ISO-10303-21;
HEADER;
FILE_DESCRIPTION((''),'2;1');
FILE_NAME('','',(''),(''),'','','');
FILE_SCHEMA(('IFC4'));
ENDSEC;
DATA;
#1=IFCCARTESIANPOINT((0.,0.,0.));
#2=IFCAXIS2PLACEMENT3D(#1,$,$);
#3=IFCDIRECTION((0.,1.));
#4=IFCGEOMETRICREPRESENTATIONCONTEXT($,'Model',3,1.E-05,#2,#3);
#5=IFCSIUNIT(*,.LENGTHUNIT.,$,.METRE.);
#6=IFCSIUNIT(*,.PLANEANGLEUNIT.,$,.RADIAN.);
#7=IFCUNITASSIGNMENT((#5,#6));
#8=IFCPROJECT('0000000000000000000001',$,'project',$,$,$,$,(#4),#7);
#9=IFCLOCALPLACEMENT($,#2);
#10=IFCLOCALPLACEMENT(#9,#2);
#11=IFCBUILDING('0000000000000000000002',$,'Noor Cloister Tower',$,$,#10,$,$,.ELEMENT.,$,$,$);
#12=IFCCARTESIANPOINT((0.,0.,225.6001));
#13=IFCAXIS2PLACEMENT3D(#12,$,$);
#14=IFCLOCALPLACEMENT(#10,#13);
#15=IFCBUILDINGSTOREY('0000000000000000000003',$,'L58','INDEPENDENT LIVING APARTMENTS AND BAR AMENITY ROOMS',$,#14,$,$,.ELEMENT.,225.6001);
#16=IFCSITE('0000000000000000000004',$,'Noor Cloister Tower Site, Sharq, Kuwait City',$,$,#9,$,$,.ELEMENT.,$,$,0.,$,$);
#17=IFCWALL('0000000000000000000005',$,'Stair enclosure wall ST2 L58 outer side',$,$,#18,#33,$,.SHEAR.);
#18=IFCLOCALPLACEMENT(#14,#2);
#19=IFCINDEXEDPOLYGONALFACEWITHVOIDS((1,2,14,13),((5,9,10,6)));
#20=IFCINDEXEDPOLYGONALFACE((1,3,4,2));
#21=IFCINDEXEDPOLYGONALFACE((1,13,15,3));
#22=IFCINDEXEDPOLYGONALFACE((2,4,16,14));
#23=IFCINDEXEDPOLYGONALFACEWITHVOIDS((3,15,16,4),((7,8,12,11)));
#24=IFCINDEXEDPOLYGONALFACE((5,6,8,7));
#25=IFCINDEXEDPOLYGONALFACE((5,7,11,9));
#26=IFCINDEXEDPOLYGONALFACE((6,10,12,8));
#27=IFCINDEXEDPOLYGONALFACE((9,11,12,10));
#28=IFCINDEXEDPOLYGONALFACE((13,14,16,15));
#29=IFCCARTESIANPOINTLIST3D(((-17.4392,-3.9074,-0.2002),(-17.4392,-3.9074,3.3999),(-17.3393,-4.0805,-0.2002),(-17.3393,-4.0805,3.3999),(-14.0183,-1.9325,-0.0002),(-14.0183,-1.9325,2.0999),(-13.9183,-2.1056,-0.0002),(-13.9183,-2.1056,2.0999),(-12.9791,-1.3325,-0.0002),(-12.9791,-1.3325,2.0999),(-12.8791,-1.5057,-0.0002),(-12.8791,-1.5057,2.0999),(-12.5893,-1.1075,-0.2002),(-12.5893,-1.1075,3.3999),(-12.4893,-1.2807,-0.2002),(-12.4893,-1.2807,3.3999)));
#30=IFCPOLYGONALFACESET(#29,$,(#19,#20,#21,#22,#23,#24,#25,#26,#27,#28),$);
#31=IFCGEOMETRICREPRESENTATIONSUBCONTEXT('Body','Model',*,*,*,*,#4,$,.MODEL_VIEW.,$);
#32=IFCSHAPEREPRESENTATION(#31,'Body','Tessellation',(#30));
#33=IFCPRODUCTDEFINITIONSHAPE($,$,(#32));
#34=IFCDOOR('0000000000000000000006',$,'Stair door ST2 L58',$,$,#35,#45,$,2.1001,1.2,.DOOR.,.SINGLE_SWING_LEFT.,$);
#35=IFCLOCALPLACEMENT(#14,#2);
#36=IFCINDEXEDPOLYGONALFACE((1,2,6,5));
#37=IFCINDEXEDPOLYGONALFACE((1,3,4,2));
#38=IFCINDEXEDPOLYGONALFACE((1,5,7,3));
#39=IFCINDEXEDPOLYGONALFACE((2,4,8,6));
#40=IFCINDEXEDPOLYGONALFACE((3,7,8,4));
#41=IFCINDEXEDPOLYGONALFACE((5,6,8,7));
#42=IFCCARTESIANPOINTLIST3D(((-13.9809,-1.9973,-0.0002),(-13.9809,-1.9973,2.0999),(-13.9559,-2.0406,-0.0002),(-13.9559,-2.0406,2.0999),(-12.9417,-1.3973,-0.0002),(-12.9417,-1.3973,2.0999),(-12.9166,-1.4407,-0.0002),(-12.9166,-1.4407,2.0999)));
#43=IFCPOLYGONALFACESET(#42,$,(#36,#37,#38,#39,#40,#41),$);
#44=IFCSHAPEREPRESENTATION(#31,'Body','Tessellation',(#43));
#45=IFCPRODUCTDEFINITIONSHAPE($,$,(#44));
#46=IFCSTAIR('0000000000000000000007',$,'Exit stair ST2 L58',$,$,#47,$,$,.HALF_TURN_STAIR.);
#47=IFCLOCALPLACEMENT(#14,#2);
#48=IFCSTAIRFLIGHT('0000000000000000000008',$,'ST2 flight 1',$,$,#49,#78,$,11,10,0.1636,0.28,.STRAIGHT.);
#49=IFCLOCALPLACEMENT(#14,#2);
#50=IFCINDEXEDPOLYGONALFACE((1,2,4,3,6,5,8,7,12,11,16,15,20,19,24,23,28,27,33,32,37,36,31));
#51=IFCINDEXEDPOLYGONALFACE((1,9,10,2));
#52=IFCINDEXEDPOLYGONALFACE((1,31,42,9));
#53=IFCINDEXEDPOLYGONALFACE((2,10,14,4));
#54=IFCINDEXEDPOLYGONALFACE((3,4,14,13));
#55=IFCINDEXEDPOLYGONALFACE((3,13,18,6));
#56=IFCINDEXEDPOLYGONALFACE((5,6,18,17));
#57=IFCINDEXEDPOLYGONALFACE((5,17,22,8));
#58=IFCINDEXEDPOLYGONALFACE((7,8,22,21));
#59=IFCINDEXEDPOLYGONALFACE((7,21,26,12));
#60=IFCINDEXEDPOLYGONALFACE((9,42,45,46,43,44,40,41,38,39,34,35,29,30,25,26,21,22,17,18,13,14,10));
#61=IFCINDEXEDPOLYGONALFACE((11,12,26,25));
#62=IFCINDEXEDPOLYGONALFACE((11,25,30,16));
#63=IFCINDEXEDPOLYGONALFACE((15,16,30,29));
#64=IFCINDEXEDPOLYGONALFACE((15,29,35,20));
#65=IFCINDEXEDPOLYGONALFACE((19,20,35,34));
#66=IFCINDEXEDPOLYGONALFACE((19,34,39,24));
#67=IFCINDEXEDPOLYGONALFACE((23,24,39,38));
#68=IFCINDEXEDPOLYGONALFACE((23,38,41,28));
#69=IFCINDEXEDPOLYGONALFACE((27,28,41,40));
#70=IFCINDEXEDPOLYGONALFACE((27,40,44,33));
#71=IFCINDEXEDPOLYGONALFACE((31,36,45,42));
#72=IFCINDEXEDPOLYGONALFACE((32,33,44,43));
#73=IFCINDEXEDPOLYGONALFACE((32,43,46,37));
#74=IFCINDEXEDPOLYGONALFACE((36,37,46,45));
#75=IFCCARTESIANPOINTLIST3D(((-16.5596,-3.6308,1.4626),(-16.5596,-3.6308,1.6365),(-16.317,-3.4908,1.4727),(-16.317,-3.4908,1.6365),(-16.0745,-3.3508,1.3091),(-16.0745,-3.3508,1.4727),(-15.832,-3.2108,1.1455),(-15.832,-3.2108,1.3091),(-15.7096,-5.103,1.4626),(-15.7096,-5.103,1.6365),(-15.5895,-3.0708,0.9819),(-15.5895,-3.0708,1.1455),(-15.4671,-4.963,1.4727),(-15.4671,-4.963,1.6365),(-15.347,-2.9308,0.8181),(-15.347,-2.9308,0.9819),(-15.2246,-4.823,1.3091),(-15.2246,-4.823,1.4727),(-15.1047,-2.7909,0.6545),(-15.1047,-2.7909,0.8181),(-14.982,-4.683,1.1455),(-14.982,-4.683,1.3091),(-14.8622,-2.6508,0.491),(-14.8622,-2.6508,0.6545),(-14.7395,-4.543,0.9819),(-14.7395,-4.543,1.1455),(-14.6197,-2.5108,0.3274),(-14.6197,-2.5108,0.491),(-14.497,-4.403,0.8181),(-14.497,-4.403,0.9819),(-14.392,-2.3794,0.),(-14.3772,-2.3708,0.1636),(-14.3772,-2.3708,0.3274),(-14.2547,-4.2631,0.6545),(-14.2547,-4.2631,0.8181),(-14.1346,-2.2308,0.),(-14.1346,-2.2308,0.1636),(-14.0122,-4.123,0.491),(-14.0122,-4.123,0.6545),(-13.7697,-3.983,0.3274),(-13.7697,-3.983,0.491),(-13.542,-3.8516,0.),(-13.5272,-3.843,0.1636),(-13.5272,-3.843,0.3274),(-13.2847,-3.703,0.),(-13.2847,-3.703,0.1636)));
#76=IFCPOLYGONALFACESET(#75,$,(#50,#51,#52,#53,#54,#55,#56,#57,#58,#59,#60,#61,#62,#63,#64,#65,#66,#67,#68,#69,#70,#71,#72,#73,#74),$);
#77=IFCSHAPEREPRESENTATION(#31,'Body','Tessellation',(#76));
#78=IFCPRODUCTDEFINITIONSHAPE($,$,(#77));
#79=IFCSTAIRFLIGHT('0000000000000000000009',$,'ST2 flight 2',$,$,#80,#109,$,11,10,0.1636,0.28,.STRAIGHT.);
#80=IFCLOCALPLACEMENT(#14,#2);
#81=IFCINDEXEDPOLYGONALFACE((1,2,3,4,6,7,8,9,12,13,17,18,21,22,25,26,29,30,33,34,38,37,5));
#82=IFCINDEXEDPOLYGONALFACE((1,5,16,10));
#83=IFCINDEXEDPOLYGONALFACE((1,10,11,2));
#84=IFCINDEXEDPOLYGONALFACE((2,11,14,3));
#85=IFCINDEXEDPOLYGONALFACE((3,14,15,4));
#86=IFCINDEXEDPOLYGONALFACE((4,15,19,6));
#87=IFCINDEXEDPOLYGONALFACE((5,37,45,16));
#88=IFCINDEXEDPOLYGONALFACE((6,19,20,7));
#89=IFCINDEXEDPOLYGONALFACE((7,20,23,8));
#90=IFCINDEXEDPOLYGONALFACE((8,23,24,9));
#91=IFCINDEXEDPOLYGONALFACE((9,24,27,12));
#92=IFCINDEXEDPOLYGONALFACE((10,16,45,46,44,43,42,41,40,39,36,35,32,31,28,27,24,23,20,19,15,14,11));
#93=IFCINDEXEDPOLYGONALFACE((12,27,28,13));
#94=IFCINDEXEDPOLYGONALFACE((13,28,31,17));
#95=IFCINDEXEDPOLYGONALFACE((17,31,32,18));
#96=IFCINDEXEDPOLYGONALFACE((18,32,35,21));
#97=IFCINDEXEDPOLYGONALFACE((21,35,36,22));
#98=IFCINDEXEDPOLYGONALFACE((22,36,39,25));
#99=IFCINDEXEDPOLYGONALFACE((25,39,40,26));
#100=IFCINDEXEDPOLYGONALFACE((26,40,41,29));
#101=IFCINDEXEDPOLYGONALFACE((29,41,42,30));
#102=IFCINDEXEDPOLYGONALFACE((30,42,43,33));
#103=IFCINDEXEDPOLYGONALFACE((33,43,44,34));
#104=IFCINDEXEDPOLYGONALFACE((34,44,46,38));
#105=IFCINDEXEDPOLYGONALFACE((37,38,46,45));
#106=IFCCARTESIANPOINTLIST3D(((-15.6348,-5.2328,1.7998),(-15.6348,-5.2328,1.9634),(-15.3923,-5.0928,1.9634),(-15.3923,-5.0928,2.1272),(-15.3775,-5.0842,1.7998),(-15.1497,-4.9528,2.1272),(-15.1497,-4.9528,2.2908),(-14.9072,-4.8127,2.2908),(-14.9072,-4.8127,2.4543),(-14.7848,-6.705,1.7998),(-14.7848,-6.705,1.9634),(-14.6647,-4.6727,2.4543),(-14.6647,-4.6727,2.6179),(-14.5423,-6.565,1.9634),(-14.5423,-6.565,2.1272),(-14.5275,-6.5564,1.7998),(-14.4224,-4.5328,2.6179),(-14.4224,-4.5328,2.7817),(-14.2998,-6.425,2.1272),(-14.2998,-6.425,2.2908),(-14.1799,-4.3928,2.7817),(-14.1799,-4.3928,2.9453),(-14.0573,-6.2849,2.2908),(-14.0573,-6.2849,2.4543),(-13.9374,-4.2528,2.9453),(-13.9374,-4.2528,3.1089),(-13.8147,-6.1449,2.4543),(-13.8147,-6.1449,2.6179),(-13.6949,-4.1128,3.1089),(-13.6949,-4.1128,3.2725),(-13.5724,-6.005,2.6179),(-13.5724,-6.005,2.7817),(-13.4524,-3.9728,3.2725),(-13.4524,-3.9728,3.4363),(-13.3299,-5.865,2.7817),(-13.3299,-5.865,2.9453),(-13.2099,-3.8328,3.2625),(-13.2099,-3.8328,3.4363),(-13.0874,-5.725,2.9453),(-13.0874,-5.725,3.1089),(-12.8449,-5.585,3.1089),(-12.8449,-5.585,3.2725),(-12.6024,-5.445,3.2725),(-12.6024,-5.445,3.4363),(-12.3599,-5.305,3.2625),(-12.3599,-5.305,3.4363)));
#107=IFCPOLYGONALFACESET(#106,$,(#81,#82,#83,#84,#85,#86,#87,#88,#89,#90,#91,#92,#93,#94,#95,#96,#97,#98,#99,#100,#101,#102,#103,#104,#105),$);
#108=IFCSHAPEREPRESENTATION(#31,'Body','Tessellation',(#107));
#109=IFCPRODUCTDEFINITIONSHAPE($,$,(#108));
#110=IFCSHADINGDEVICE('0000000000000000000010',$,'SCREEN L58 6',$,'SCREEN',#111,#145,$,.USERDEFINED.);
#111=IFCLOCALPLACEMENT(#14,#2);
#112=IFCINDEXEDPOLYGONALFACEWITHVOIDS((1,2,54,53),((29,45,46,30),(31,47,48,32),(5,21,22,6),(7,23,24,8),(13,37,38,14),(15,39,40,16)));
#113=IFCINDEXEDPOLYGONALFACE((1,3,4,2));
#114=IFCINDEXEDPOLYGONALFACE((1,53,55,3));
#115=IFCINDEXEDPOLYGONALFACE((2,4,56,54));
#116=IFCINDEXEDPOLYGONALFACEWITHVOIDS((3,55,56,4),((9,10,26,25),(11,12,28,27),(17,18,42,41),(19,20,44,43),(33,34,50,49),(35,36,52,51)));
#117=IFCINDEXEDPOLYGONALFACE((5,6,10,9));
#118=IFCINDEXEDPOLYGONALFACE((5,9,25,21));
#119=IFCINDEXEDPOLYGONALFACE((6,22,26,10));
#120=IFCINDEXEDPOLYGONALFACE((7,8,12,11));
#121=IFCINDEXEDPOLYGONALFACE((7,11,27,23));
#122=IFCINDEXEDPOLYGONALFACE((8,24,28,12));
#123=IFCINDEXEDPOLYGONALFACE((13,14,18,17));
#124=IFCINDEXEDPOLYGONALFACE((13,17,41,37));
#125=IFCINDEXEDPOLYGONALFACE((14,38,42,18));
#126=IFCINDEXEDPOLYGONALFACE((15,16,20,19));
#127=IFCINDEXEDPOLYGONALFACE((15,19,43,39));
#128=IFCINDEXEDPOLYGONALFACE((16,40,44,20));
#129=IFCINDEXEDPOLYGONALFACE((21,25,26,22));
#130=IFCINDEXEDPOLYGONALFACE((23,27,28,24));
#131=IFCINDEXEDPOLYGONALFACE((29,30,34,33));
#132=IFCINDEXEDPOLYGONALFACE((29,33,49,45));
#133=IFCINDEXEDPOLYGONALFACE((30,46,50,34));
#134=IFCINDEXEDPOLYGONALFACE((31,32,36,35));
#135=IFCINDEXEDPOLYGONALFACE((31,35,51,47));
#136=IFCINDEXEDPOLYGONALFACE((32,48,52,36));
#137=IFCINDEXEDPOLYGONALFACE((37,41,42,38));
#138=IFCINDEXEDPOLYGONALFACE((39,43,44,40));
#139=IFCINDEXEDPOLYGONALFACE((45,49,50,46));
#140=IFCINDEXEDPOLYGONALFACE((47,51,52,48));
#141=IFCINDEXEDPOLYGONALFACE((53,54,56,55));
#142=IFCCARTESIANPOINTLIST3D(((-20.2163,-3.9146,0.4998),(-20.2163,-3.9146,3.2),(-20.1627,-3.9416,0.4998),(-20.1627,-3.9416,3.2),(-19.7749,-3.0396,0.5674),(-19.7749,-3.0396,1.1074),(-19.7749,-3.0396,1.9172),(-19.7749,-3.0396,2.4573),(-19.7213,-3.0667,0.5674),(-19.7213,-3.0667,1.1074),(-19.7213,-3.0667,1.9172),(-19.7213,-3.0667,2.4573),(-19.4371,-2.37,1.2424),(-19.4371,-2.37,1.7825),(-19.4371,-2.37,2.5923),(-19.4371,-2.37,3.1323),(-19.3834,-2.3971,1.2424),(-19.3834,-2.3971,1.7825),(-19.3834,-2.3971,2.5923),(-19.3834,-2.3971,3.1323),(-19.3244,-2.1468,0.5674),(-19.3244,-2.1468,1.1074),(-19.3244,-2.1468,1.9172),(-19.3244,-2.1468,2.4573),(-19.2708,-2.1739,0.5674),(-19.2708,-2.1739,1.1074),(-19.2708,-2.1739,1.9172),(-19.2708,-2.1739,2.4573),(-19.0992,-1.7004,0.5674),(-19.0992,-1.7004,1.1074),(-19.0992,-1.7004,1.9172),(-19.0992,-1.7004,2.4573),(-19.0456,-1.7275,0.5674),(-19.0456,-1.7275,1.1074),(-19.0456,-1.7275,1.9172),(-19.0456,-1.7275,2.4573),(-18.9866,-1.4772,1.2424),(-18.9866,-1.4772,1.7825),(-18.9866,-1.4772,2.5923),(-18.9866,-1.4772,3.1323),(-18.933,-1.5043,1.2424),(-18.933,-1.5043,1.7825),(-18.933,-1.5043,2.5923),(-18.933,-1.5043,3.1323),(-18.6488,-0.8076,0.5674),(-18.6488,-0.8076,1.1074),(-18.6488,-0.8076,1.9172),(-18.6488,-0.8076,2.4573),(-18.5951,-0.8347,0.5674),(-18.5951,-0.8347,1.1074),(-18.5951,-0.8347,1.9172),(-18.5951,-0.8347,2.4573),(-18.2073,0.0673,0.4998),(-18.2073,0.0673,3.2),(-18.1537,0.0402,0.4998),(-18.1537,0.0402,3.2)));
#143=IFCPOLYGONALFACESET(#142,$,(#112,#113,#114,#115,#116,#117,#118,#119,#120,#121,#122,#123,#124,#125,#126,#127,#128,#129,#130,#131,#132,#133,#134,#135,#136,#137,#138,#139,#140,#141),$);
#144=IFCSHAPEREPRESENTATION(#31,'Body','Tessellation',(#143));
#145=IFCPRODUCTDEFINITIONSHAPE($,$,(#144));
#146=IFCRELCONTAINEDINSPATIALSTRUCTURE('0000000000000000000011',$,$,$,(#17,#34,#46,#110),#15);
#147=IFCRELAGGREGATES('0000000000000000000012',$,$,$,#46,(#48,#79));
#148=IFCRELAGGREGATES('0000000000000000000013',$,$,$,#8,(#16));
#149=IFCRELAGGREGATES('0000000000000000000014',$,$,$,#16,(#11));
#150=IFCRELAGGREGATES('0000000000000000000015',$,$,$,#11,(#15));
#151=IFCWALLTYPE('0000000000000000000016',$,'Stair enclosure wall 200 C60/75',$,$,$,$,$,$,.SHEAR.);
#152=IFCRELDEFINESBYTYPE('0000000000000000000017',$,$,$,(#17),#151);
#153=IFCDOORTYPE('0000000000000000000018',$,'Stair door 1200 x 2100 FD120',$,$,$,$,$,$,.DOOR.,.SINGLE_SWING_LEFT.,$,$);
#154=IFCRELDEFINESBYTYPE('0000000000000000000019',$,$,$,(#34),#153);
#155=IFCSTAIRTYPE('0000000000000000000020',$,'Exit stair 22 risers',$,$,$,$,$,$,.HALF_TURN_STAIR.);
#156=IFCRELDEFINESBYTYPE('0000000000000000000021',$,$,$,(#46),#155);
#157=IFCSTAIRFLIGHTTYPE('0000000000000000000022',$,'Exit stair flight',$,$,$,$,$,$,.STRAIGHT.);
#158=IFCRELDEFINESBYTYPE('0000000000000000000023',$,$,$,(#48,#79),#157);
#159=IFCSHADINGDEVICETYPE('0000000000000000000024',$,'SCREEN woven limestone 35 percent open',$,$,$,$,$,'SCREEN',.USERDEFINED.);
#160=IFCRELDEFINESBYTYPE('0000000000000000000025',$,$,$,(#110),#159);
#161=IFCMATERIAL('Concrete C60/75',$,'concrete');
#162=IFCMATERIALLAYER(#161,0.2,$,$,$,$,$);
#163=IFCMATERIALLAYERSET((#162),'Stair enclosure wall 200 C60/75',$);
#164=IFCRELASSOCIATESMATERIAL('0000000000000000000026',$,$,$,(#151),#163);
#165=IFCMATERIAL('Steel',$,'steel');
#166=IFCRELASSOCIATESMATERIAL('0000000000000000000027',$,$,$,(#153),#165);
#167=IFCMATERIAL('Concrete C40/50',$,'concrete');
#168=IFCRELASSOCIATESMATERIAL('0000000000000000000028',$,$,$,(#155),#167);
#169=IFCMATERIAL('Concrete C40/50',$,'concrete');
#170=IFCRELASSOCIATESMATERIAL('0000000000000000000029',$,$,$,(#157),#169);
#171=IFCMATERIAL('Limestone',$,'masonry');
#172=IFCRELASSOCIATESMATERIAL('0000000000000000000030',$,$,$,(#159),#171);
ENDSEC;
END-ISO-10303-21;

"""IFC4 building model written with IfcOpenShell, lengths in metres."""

from ifc_helpers import new_model, si_unit, direction, frame, frame_2d, origin, place, context, subcontext, project, spatial, polyline, rectangle, outline, extrude, material, layer, layer_set, material_profile, profile_set, type_object, element, fill, aggregate, save


model = new_model("IFC4")

# Units and contexts
model_context = context("Model", 3, precision=1e-05, world=origin(), true_north=direction((0.0, 1.0)))
body_context = subcontext(model_context, "Body", "Model", "MODEL_VIEW")
ifc_project = project(units=[si_unit("LENGTHUNIT", "METRE"), si_unit("PLANEANGLEUNIT", "RADIAN")], contexts=[model_context])

# Site, building, storey
site_placement = place(None, origin())
site = spatial("IfcSite", under=ifc_project, at=site_placement, Name="Noor Cloister Tower Site, Sharq, Kuwait City", CompositionType="ELEMENT", RefElevation=0.0)
building_placement = place(site_placement, origin())
building = spatial("IfcBuilding", under=site, at=building_placement, Name="Noor Cloister Tower", CompositionType="ELEMENT")
storey_placement = place(building_placement, frame((0.0, 0.0, 225.6001)))
storey = spatial("IfcBuildingStorey", under=building, at=storey_placement, Name="L58", Description="INDEPENDENT LIVING APARTMENTS AND BAR AMENITY ROOMS", CompositionType="ELEMENT", Elevation=225.6001)

# Wall, opening, door
ifc_material_1 = material(Name="Concrete C60/75", Category="concrete")
ifc_layer_1 = layer(ifc_material_1, 0.2)
ifc_layer_set_1 = layer_set([ifc_layer_1], Name="Stair enclosure wall 200 C60/75")
wall_type_1 = type_object("IfcWallType", Name="Stair enclosure wall 200 C60/75", PredefinedType="SHEAR", material=ifc_layer_set_1)
ifc_material_2 = material(Name="Steel", Category="steel")
door_type_1 = type_object("IfcDoorType", Name="Stair door 1200 x 2100 FD120", OperationType="SINGLE_SWING_LEFT", PredefinedType="DOOR", material=ifc_material_2)
wall_1_placement = place(storey_placement, frame((-12.5393, -1.1941, -0.2002), z_axis=(0.0, 0.0, 1.0), x_axis=(-0.866045, -0.499965, 0.0)))
wall_1 = element("IfcWall", 1, at=wall_1_placement, inside=storey, type_object=wall_type_1, Name="Stair enclosure wall ST2 L58 outer side", PredefinedType="SHEAR", context=body_context, shape_type="SweptSolid", body=[
    extrude(rectangle(XDim=5.6001, YDim=0.2, at=frame_2d((2.8, 0.0))), origin(), (0.0, 0.0, 1.0), 3.6001),
])
opening_1_placement = place(wall_1_placement, frame((0.45, 0.0, 0.2)))
opening_1 = element("IfcOpeningElement", 2, at=opening_1_placement, cuts=wall_1, PredefinedType="OPENING", context=body_context, shape_type="SweptSolid", body=[
    extrude(rectangle(XDim=1.2, YDim=2.1001, at=frame_2d((0.6001, 1.05))), frame((0.0, 0.1099, 0.0), z_axis=(0.0, -1.0, 0.0), x_axis=(1.0, 0.0, 0.0)), (0.0, 0.0, 1.0), 0.22),
])
door_1_placement = place(opening_1_placement, origin())
door_1 = element("IfcDoor", 3, at=door_1_placement, inside=storey, type_object=door_type_1, Name="Stair door ST2 L58", OperationType="SINGLE_SWING_LEFT", OverallHeight=2.1001, OverallWidth=1.2, PredefinedType="DOOR", context=body_context, shape_type="SweptSolid", body=[
    extrude(rectangle(XDim=1.2, YDim=2.1001, at=frame_2d((0.6001, 1.05))), frame((0.0, 0.0249, 0.0), z_axis=(0.0, -1.0, 0.0), x_axis=(1.0, 0.0, 0.0)), (0.0, 0.0, 1.0), 0.05),
])
fill(opening_1, door_1)

# Stair, stair flights
ifc_material_3 = material(Name="Concrete C40/50", Category="concrete")
stair_type = type_object("IfcStairType", Name="Exit stair 22 risers", PredefinedType="HALF_TURN_STAIR", material=ifc_material_3)
stair_placement = place(storey_placement, origin())
stair = element("IfcStair", 4, at=stair_placement, inside=storey, type_object=stair_type, Name="Exit stair ST2 L58", PredefinedType="HALF_TURN_STAIR")
ifc_material_4 = material(Name="Concrete C40/50", Category="concrete")
stair_flight_type = type_object("IfcStairFlightType", Name="Exit stair flight", PredefinedType="STRAIGHT", material=ifc_material_4)
stair_flight_1_placement = place(storey_placement, frame((-13.7097, -2.9668, 0.0), z_axis=(0.0, 0.0, 1.0), x_axis=(-0.866025, -0.5, 0.0)))
stair_flight_1 = element("IfcStairFlight", 5, at=stair_flight_1_placement, type_object=stair_flight_type, Name="ST2 flight 1", NumberOfRisers=11, NumberOfTreads=10, PredefinedType="STRAIGHT", RiserHeight=0.1636, TreadLength=0.28, context=body_context, shape_type="SweptSolid", body=[
    extrude(outline(polyline([(0.0, 0.0), (0.0, 0.1636), (0.28, 0.1636), (0.28, 0.3274), (0.5601, 0.3274), (0.5601, 0.491), (0.8401, 0.491), (0.8401, 0.6545), (1.1201, 0.6545), (1.1201, 0.8181), (1.3999, 0.8181), (1.3999, 0.9819), (1.6799, 0.9819), (1.6799, 1.1455), (1.96, 1.1455), (1.96, 1.3091), (2.24, 1.3091), (2.24, 1.4727), (2.52, 1.4727), (2.52, 1.6365), (2.8, 1.6365), (2.8, 1.8), (2.8, 1.4626), (0.2971, 0.0), (0.0, 0.0)])), frame((0.0, 0.8501, 0.0), z_axis=(0.0, -1.0, 0.0), x_axis=(1.0, 0.0, 0.0)), (0.0, 0.0, 1.0), 1.7),
])
stair_flight_2_placement = place(storey_placement, frame((-15.2097, -5.969, 1.7998), z_axis=(0.0, 0.0, 1.0), x_axis=(0.866025, 0.5, 0.0)))
stair_flight_2 = element("IfcStairFlight", 6, at=stair_flight_2_placement, type_object=stair_flight_type, Name="ST2 flight 2", NumberOfRisers=11, NumberOfTreads=10, PredefinedType="STRAIGHT", RiserHeight=0.1636, TreadLength=0.28, context=body_context, shape_type="SweptSolid", body=[
    extrude(outline(polyline([(0.0, 0.0), (0.0, 0.1636), (0.28, 0.1636), (0.28, 0.3274), (0.5601, 0.3274), (0.5601, 0.491), (0.8401, 0.491), (0.8401, 0.6545), (1.1201, 0.6545), (1.1201, 0.8181), (1.3999, 0.8181), (1.3999, 0.9819), (1.6799, 0.9819), (1.6799, 1.1455), (1.96, 1.1455), (1.96, 1.3091), (2.24, 1.3091), (2.24, 1.4727), (2.52, 1.4727), (2.52, 1.6365), (2.8, 1.6365), (2.8, 1.8), (2.8, 1.4626), (0.2971, 0.0), (0.0, 0.0)])), frame((0.0, 0.8501, 0.0), z_axis=(0.0, -1.0, 0.0), x_axis=(1.0, 0.0, 0.0)), (0.0, 0.0, 1.0), 1.7),
])
aggregate(stair, [stair_flight_1, stair_flight_2])

# Shading device
ifc_material_5 = material(Name="Limestone", Category="masonry")
ifc_material_profile_1 = material_profile(ifc_material_5, outline(polyline([(-2.23, -1.3501), (2.23, -1.3501), (2.23, 1.3501), (-2.23, 1.3501), (-2.23, -1.3501)]), holes=[polyline([(-1.25, -1.2825), (-0.25, -1.2825), (-0.25, -0.7424), (-1.25, -0.7424), (-1.25, -1.2825)]), polyline([(0.25, -1.2825), (1.25, -1.2825), (1.25, -0.7424), (0.25, -0.7424), (0.25, -1.2825)]), polyline([(-0.5, -0.6074), (0.5, -0.6074), (0.5, -0.0674), (-0.5, -0.0674), (-0.5, -0.6074)]), polyline([(-1.25, 0.0674), (-0.25, 0.0674), (-0.25, 0.6074), (-1.25, 0.6074), (-1.25, 0.0674)]), polyline([(0.25, 0.0674), (1.25, 0.0674), (1.25, 0.6074), (0.25, 0.6074), (0.25, 0.0674)]), polyline([(-0.5, 0.7424), (0.5, 0.7424), (0.5, 1.2825), (-0.5, 1.2825), (-0.5, 0.7424)])]), Name="Woven screen 35 percent open")
ifc_profile_set_1 = profile_set([ifc_material_profile_1], Name="Limestone")
shading_device_type = type_object("IfcShadingDeviceType", Name="SCREEN woven limestone 35 percent open", ElementType="SCREEN", PredefinedType="USERDEFINED", material=ifc_profile_set_1)
shading_device_placement = place(storey_placement, frame((-19.1582, -1.9507, 1.8499), z_axis=(-0.892798, 0.450457, 0.0), x_axis=(-0.450457, -0.892798, 0.0)))
element("IfcShadingDevice", 7, at=shading_device_placement, inside=storey, type_object=shading_device_type, Name="SCREEN L58 6", ObjectType="SCREEN", PredefinedType="USERDEFINED", context=body_context, shape_type="SweptSolid", body=[
    extrude(outline(polyline([(-2.23, -1.3501), (2.23, -1.3501), (2.23, 1.3501), (-2.23, 1.3501), (-2.23, -1.3501)]), holes=[polyline([(-1.25, -1.2825), (-0.25, -1.2825), (-0.25, -0.7424), (-1.25, -0.7424), (-1.25, -1.2825)]), polyline([(0.25, -1.2825), (1.25, -1.2825), (1.25, -0.7424), (0.25, -0.7424), (0.25, -1.2825)]), polyline([(-0.5, -0.6074), (0.5, -0.6074), (0.5, -0.0674), (-0.5, -0.0674), (-0.5, -0.6074)]), polyline([(-1.25, 0.0674), (-0.25, 0.0674), (-0.25, 0.6074), (-1.25, 0.6074), (-1.25, 0.0674)]), polyline([(0.25, 0.0674), (1.25, 0.0674), (1.25, 0.6074), (0.25, 0.6074), (0.25, 0.0674)]), polyline([(-0.5, 0.7424), (0.5, 0.7424), (0.5, 1.2825), (-0.5, 1.2825), (-0.5, 0.7424)])]), origin(), (0.0, 0.0, 1.0), 0.0601),
])

save(model, "model.ifc")
